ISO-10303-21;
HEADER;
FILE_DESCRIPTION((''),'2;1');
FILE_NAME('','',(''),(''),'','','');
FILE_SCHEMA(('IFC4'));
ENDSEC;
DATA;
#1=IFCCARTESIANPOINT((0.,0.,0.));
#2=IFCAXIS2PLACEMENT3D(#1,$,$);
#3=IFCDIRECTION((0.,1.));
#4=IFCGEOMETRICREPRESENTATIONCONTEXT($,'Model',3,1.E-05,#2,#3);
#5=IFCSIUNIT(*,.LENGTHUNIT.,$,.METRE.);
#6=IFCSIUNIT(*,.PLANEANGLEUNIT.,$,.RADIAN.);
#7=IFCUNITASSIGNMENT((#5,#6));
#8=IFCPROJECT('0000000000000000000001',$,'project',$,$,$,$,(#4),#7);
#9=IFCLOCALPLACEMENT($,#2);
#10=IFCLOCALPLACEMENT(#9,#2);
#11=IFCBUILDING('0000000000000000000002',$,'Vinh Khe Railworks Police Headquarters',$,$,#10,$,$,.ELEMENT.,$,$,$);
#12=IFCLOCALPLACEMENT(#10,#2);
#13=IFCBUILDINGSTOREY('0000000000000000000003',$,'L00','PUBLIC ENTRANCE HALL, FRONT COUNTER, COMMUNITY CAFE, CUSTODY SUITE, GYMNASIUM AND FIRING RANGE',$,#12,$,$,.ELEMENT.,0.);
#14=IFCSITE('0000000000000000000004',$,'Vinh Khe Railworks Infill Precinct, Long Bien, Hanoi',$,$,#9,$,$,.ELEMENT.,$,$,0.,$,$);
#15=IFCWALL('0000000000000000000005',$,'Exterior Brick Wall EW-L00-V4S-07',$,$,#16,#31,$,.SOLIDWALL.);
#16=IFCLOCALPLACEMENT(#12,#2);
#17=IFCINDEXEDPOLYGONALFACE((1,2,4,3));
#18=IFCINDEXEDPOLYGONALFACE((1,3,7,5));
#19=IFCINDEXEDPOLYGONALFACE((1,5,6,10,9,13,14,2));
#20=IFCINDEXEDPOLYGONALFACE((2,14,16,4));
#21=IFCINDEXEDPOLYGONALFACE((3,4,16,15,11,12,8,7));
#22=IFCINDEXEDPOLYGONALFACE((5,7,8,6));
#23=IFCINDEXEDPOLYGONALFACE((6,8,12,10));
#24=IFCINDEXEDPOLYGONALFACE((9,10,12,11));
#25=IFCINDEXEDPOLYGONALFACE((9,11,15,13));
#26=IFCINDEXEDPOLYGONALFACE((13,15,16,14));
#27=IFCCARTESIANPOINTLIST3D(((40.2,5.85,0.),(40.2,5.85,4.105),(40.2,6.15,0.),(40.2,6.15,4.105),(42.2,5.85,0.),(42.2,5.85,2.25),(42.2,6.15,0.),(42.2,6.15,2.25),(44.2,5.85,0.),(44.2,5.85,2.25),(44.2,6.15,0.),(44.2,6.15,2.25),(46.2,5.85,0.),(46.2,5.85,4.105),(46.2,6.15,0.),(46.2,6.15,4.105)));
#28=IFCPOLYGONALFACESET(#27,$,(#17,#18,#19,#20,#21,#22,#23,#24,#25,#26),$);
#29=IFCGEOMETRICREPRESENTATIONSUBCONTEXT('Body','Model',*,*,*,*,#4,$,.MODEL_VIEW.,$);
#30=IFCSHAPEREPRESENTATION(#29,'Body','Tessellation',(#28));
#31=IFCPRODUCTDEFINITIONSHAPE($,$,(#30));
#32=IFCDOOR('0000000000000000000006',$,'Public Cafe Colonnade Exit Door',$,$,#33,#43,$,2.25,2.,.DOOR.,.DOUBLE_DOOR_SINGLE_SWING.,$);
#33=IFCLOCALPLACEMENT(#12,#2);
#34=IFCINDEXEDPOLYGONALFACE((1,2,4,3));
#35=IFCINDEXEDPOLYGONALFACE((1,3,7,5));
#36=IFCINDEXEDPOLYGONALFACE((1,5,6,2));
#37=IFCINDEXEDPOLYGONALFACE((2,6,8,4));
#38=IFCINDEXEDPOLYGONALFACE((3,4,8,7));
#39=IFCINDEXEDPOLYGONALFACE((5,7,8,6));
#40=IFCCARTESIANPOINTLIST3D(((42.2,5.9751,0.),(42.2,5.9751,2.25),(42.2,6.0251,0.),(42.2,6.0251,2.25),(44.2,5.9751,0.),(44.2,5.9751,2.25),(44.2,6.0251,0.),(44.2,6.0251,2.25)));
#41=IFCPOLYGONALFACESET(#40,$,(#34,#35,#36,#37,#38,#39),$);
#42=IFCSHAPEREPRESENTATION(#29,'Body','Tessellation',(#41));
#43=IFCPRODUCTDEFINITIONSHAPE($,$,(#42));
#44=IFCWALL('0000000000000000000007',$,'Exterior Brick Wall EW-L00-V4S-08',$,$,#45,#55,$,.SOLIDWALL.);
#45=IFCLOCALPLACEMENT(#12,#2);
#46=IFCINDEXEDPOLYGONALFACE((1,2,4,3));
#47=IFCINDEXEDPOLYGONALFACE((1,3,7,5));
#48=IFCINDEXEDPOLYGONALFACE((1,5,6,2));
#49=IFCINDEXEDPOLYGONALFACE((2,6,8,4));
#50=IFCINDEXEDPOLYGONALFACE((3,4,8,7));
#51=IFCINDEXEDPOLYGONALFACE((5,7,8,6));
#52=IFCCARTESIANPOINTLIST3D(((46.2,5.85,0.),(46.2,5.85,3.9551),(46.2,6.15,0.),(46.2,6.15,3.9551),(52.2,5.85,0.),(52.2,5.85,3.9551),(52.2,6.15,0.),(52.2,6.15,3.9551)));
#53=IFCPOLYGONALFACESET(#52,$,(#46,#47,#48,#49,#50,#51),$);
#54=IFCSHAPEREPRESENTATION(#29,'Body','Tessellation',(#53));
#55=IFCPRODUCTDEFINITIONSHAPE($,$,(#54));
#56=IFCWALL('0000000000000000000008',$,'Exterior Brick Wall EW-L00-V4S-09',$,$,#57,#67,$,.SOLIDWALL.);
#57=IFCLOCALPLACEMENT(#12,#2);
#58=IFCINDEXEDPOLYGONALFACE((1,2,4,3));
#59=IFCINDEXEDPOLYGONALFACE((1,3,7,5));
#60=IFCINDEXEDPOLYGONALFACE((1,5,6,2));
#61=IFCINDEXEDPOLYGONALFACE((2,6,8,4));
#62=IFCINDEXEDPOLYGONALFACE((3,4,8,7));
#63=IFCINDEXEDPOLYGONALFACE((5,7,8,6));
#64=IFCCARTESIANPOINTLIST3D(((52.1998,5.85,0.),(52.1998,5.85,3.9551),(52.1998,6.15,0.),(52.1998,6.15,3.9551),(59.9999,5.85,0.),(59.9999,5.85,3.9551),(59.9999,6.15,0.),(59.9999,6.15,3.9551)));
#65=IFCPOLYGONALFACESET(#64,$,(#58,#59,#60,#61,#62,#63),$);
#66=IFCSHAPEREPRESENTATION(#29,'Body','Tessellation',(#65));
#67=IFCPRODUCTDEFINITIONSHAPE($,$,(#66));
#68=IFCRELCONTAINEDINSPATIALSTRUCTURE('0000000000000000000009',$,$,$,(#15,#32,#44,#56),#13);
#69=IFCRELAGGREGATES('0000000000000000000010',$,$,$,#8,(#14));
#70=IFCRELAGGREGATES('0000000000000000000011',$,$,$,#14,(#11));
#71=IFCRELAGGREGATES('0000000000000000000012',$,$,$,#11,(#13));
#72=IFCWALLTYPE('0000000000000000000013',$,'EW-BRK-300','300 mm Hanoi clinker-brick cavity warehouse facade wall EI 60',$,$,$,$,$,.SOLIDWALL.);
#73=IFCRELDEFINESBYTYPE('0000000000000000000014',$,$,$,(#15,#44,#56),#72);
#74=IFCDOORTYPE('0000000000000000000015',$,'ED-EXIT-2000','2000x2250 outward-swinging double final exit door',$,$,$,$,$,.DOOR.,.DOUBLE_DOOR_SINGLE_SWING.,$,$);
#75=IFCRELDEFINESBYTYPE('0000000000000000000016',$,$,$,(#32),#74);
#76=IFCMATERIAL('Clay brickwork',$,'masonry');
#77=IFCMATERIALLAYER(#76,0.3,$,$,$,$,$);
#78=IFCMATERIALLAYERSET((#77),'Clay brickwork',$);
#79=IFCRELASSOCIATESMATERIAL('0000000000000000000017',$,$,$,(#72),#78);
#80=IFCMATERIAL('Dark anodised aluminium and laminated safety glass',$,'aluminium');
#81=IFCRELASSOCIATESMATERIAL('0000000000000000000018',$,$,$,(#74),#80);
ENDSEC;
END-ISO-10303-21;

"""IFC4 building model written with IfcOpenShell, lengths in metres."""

from ifc_helpers import new_model, si_unit, direction, frame, frame_2d, origin, place, context, subcontext, project, spatial, rectangle, extrude, material, layer, layer_set, type_object, element, fill, save


model = new_model("IFC4")

# Units and contexts
model_context = context("Model", 3, precision=1e-05, world=origin(), true_north=direction((0.0, 1.0)))
body_context = subcontext(model_context, "Body", "Model", "MODEL_VIEW")
ifc_project = project(units=[si_unit("LENGTHUNIT", "METRE"), si_unit("PLANEANGLEUNIT", "RADIAN")], contexts=[model_context])

# Site, building, storey
site_placement = place(None, origin())
site = spatial("IfcSite", under=ifc_project, at=site_placement, Name="Vinh Khe Railworks Infill Precinct, Long Bien, Hanoi", CompositionType="ELEMENT", RefElevation=0.0)
building_placement = place(site_placement, origin())
building = spatial("IfcBuilding", under=site, at=building_placement, Name="Vinh Khe Railworks Police Headquarters", CompositionType="ELEMENT")
storey_placement = place(building_placement, origin())
storey = spatial("IfcBuildingStorey", under=building, at=storey_placement, Name="L00", Description="PUBLIC ENTRANCE HALL, FRONT COUNTER, COMMUNITY CAFE, CUSTODY SUITE, GYMNASIUM AND FIRING RANGE", CompositionType="ELEMENT", Elevation=0.0)

# Wall, opening, door
ifc_material_1 = material(Name="Clay brickwork", Category="masonry")
ifc_layer = layer(ifc_material_1, 0.3)
ifc_layer_set = layer_set([ifc_layer], Name="Clay brickwork")
wall_type = type_object("IfcWallType", Name="EW-BRK-300", Description="300 mm Hanoi clinker-brick cavity warehouse facade wall EI 60", PredefinedType="SOLIDWALL", material=ifc_layer_set)
wall_1_placement = place(storey_placement, frame((40.2, 6.0, 0.0), z_axis=(0.0, 0.0, 1.0), x_axis=(1.0, 0.0, 0.0)))
wall_1 = element("IfcWall", 1, at=wall_1_placement, inside=storey, type_object=wall_type, Name="Exterior Brick Wall EW-L00-V4S-07", PredefinedType="SOLIDWALL", context=body_context, shape_type="SweptSolid", body=[
    extrude(rectangle(XDim=6.0, YDim=0.3, at=frame_2d((3.0, 0.0))), origin(), (0.0, 0.0, 1.0), 4.105),
])
opening_placement = place(wall_1_placement, frame((2.0, 0.0, 0.0)))
opening = element("IfcOpeningElement", 2, at=opening_placement, cuts=wall_1, PredefinedType="OPENING", context=body_context, shape_type="SweptSolid", body=[
    extrude(rectangle(XDim=2.0, YDim=2.25, at=frame_2d((1.0, 1.125))), frame((0.0, 0.165, 0.0), z_axis=(0.0, -1.0, 0.0), x_axis=(1.0, 0.0, 0.0)), (0.0, 0.0, 1.0), 0.3298),
])
ifc_material_2 = material(Name="Dark anodised aluminium and laminated safety glass", Category="aluminium")
door_type = type_object("IfcDoorType", Name="ED-EXIT-2000", Description="2000x2250 outward-swinging double final exit door", OperationType="DOUBLE_DOOR_SINGLE_SWING", PredefinedType="DOOR", material=ifc_material_2)
door_placement = place(opening_placement, frame((2.0, 0.0, 0.0), z_axis=(0.0, 0.0, 1.0), x_axis=(-1.0, 0.0, 0.0)))
door = element("IfcDoor", 3, at=door_placement, inside=storey, type_object=door_type, Name="Public Cafe Colonnade Exit Door", OperationType="DOUBLE_DOOR_SINGLE_SWING", OverallHeight=2.25, OverallWidth=2.0, PredefinedType="DOOR", context=body_context, shape_type="SweptSolid", body=[
    extrude(rectangle(XDim=2.0, YDim=2.25, at=frame_2d((1.0, 1.125))), frame((0.0, 0.0249, 0.0), z_axis=(0.0, -1.0, 0.0), x_axis=(1.0, 0.0, 0.0)), (0.0, 0.0, 1.0), 0.05),
])
fill(opening, door)

# Walls
wall_2_placement = place(storey_placement, frame((46.2, 6.0, 0.0), z_axis=(0.0, 0.0, 1.0), x_axis=(1.0, 0.0, 0.0)))
element("IfcWall", 4, at=wall_2_placement, inside=storey, type_object=wall_type, Name="Exterior Brick Wall EW-L00-V4S-08", PredefinedType="SOLIDWALL", context=body_context, shape_type="SweptSolid", body=[
    extrude(rectangle(XDim=6.0, YDim=0.3, at=frame_2d((3.0, 0.0))), origin(), (0.0, 0.0, 1.0), 3.9551),
])
wall_3_placement = place(storey_placement, frame((52.2, 6.0, 0.0), z_axis=(0.0, 0.0, 1.0), x_axis=(1.0, 0.0, 0.0)))
element("IfcWall", 5, at=wall_3_placement, inside=storey, type_object=wall_type, Name="Exterior Brick Wall EW-L00-V4S-09", PredefinedType="SOLIDWALL", context=body_context, shape_type="SweptSolid", body=[
    extrude(rectangle(XDim=7.8, YDim=0.3, at=frame_2d((3.8999, 0.0))), origin(), (0.0, 0.0, 1.0), 3.9551),
])

save(model, "model.ifc")
